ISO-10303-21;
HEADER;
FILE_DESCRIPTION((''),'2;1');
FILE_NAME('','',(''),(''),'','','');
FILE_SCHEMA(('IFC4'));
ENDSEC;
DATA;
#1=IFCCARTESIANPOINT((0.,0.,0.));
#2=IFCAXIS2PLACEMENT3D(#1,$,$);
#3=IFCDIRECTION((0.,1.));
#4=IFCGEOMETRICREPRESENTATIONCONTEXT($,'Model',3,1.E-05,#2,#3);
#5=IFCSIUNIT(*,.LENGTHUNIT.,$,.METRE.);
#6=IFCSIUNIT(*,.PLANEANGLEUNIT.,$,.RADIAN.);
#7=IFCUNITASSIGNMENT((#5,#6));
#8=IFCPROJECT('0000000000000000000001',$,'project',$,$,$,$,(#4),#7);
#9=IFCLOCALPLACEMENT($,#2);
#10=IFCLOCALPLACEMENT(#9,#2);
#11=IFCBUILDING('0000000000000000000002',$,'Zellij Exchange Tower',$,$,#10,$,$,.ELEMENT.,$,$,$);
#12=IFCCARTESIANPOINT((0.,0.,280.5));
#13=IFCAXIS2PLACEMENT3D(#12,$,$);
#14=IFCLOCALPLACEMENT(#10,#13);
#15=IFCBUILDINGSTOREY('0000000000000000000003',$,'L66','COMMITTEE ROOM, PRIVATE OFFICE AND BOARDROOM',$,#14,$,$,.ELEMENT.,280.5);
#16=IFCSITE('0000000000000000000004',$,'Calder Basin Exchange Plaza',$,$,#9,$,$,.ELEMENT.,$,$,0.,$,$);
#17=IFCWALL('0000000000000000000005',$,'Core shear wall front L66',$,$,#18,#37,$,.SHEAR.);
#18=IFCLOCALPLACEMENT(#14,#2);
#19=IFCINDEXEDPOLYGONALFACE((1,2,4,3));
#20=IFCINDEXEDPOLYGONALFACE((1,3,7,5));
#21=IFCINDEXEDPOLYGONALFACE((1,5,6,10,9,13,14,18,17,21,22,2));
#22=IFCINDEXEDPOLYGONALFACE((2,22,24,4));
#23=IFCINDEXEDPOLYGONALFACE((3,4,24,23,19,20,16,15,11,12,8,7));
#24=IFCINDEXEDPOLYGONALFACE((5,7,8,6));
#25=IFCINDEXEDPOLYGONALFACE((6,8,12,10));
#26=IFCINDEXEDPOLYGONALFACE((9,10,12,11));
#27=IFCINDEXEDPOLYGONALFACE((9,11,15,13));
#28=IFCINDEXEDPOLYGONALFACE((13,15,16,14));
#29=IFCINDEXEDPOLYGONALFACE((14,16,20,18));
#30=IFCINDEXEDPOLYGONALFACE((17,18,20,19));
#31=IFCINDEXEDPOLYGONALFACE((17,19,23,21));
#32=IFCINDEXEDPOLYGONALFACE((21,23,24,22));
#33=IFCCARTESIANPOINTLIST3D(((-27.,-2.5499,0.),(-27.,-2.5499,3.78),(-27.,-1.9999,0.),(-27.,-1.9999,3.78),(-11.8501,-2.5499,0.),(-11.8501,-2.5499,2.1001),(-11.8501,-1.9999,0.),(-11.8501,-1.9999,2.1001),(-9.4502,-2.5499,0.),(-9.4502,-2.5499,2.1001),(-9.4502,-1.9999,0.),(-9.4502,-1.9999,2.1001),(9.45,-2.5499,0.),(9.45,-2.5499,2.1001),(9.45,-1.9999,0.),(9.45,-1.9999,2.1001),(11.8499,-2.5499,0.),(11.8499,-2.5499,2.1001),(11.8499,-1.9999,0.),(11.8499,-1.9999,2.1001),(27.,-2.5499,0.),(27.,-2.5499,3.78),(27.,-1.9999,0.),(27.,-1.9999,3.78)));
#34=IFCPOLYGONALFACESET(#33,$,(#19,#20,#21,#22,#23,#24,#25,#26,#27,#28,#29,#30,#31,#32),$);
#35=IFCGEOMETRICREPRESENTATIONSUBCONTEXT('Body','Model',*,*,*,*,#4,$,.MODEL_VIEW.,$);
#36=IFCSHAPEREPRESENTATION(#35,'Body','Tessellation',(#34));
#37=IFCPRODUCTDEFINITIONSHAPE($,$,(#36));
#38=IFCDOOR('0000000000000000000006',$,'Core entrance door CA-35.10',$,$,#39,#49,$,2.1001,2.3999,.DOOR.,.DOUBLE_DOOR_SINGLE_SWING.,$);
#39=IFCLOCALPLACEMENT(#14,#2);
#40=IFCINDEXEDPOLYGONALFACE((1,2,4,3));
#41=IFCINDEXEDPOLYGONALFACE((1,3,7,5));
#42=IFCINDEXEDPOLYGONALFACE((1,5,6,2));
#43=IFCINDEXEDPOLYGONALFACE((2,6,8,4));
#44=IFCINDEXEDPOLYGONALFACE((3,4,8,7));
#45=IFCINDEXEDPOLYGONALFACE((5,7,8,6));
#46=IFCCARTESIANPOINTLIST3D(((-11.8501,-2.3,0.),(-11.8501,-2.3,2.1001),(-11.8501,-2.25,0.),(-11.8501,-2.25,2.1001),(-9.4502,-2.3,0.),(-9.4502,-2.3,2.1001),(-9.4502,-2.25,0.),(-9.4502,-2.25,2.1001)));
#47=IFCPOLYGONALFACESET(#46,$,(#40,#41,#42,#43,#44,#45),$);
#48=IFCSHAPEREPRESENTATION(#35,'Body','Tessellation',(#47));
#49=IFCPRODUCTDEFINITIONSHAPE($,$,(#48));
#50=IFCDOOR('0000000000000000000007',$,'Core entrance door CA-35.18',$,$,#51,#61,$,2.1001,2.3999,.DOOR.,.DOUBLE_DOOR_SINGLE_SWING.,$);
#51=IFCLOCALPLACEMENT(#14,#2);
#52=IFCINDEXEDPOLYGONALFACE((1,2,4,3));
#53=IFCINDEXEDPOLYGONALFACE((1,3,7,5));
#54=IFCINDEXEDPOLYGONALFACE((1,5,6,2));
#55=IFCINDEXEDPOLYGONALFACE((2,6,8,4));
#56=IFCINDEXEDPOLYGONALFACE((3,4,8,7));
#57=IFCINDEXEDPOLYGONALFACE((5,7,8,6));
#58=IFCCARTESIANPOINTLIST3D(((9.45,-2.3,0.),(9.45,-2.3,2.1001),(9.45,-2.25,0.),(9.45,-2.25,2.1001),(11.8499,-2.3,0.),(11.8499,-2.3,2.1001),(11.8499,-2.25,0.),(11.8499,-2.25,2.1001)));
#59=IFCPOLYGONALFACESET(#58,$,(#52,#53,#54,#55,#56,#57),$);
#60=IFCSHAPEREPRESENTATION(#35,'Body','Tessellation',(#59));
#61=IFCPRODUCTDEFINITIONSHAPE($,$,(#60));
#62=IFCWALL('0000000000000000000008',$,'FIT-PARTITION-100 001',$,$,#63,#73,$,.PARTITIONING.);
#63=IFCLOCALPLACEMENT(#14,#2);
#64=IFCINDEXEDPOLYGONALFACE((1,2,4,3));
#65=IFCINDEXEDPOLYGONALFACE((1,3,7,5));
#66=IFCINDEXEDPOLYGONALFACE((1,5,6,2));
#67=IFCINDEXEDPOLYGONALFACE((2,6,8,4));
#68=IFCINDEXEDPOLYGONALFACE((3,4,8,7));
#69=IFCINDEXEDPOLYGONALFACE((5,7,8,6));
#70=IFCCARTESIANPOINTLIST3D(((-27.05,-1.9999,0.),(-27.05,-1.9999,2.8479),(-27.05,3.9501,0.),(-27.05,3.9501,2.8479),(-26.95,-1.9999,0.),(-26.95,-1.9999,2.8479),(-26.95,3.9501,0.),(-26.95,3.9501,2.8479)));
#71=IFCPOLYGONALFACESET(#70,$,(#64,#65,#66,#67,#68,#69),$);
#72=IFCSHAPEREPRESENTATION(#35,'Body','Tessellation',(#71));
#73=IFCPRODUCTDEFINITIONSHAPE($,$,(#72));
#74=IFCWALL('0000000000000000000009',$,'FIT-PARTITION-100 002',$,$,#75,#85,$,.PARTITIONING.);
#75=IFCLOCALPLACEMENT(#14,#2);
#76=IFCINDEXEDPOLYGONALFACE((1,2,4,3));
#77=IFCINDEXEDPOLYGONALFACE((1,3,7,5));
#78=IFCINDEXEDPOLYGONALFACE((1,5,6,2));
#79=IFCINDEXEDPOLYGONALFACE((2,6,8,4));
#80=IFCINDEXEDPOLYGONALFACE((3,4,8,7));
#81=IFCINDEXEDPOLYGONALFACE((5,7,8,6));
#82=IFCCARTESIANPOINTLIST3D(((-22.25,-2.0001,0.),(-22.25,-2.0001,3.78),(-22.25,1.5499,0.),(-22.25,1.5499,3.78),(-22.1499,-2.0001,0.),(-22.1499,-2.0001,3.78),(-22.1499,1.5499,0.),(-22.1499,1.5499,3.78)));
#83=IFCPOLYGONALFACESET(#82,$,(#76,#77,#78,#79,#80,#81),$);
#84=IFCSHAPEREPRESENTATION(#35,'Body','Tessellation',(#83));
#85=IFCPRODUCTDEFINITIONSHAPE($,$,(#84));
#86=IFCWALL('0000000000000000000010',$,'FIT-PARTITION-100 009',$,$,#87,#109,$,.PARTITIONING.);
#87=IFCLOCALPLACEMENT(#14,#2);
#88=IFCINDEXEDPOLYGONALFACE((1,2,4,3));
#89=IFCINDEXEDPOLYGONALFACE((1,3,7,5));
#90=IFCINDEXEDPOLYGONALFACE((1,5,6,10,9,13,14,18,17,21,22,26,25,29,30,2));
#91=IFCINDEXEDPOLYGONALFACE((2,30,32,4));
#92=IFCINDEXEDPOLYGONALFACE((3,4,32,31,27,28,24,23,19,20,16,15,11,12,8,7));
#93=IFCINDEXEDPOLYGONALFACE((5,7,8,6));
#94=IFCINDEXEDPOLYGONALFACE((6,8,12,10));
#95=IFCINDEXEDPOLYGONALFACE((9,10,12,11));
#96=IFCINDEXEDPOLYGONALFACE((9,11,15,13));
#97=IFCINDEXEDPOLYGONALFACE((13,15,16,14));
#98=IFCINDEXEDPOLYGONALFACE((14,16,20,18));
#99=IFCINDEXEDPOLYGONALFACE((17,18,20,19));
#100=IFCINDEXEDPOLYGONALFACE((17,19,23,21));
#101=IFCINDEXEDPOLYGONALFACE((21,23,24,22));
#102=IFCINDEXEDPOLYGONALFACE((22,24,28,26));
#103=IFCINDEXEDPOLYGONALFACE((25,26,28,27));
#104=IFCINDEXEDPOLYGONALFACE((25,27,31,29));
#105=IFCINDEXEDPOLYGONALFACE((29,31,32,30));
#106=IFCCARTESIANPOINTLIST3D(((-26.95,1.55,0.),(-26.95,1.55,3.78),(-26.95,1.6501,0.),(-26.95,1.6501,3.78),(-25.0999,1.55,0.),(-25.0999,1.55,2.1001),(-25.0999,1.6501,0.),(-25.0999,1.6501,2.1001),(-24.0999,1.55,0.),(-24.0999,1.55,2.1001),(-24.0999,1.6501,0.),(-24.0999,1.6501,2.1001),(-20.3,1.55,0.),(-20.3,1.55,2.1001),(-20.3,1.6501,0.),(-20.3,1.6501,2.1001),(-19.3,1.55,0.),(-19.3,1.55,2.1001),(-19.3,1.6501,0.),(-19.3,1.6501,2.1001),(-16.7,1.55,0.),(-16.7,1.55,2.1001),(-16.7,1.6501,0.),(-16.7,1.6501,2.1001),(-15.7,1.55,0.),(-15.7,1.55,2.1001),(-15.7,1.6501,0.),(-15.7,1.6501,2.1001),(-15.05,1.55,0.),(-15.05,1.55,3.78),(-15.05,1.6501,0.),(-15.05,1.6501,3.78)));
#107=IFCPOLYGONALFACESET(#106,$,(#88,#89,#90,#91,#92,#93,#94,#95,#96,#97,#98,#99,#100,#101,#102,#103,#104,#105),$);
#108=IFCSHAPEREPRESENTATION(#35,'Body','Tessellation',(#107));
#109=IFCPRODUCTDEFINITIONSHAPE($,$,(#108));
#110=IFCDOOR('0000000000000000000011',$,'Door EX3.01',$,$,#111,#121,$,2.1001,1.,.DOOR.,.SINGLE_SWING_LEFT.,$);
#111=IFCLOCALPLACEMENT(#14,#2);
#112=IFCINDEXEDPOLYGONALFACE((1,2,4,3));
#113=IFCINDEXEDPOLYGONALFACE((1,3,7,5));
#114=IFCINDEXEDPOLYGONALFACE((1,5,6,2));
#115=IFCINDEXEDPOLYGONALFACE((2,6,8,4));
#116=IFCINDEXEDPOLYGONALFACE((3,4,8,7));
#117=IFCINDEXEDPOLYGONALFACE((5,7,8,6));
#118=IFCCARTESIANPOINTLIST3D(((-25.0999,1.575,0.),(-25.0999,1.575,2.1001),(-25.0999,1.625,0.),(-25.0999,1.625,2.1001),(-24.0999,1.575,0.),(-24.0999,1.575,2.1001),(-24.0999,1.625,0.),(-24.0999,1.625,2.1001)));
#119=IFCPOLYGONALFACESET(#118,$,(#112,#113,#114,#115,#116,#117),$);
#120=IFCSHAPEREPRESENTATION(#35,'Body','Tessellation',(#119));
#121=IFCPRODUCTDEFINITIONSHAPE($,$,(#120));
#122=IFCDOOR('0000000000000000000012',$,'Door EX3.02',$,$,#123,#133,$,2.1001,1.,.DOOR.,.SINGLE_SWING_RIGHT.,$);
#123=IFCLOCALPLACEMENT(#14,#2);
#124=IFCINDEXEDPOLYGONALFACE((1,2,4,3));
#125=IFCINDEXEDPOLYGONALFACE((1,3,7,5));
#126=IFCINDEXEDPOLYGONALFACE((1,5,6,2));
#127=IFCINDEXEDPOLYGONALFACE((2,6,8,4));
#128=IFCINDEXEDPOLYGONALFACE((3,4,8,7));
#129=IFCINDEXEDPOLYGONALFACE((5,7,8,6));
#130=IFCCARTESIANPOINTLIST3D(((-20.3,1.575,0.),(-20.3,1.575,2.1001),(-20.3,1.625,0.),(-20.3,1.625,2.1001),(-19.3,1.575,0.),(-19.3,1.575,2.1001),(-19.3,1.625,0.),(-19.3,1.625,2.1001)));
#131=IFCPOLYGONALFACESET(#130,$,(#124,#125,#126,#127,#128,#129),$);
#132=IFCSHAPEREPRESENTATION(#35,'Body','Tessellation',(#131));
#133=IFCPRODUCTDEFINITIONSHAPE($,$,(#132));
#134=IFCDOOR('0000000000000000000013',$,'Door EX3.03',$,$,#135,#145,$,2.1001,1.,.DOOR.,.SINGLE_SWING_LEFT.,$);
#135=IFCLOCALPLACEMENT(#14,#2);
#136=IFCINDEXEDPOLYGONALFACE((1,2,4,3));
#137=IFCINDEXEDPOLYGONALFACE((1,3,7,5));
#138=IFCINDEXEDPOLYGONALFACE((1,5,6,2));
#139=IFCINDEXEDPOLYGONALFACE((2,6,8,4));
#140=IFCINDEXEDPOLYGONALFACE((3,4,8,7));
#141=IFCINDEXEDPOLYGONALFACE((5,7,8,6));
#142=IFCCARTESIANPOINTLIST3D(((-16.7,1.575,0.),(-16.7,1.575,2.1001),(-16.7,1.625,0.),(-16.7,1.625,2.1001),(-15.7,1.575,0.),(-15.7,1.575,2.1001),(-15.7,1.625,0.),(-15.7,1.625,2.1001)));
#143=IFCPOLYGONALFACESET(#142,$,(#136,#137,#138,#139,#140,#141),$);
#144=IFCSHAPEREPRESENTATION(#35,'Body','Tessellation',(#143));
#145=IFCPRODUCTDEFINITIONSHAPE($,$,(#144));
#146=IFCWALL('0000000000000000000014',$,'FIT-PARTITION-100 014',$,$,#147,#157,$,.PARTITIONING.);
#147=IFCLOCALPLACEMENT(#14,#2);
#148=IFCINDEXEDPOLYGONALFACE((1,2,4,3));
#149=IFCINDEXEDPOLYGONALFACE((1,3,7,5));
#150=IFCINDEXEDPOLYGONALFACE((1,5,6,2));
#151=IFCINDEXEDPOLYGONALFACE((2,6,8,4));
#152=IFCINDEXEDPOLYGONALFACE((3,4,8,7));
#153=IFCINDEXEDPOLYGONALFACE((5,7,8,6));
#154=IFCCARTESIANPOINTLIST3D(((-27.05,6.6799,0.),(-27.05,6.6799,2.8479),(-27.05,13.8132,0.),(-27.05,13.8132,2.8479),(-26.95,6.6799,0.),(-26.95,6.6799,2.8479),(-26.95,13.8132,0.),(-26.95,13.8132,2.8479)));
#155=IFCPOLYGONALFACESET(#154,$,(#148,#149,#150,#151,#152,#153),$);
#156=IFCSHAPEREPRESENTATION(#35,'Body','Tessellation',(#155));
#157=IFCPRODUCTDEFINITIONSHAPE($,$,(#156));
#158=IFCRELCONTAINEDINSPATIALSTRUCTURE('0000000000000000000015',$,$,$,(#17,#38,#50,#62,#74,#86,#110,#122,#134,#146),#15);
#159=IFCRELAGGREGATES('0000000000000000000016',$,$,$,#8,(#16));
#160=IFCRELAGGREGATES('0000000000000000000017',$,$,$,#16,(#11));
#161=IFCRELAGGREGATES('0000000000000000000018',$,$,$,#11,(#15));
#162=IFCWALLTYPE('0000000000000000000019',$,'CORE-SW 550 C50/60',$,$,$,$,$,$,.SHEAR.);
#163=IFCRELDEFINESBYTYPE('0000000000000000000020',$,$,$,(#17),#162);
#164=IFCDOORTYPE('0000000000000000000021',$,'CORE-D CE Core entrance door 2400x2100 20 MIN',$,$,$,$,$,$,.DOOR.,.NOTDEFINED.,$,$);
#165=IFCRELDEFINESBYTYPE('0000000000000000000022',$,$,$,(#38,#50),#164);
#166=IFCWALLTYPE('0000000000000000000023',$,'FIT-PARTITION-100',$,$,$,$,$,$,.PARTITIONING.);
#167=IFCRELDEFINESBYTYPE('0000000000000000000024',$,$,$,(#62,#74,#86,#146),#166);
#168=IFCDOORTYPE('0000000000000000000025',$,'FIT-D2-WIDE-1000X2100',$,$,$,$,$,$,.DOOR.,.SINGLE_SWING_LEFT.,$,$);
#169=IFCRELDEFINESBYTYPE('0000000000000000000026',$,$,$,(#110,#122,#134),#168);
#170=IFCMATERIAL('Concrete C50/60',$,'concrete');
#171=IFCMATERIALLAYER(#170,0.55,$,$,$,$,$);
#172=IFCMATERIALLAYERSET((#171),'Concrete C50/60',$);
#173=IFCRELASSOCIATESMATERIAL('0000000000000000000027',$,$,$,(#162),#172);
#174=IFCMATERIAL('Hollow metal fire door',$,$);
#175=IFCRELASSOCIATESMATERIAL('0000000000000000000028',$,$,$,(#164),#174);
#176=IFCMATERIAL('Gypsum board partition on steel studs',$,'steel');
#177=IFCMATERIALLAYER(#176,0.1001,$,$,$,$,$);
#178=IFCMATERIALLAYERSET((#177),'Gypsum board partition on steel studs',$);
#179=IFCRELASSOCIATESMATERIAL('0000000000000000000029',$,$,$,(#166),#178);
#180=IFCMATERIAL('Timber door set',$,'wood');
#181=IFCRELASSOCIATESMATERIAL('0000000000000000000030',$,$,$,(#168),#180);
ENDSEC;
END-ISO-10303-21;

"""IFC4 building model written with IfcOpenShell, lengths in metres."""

from ifc_helpers import new_model, si_unit, direction, frame, frame_2d, origin, place, context, subcontext, project, spatial, rectangle, extrude, material, layer, layer_set, type_object, element, fill, save


model = new_model("IFC4")

# Units and contexts
model_context = context("Model", 3, precision=1e-05, world=origin(), true_north=direction((0.0, 1.0)))
body_context = subcontext(model_context, "Body", "Model", "MODEL_VIEW")
ifc_project = project(units=[si_unit("LENGTHUNIT", "METRE"), si_unit("PLANEANGLEUNIT", "RADIAN")], contexts=[model_context])

# Site, building, storey
site_placement = place(None, origin())
site = spatial("IfcSite", under=ifc_project, at=site_placement, Name="Calder Basin Exchange Plaza", CompositionType="ELEMENT", RefElevation=0.0)
building_placement = place(site_placement, origin())
building = spatial("IfcBuilding", under=site, at=building_placement, Name="Zellij Exchange Tower", CompositionType="ELEMENT")
storey_placement = place(building_placement, frame((0.0, 0.0, 280.5)))
storey = spatial("IfcBuildingStorey", under=building, at=storey_placement, Name="L66", Description="COMMITTEE ROOM, PRIVATE OFFICE AND BOARDROOM", CompositionType="ELEMENT", Elevation=280.5)

# Wall, openings, doors
ifc_material_1 = material(Name="Hollow metal fire door")
ifc_material_2 = material(Name="Concrete C50/60", Category="concrete")
ifc_layer_1 = layer(ifc_material_2, 0.55)
ifc_layer_set_1 = layer_set([ifc_layer_1], Name="Concrete C50/60")
wall_type_1 = type_object("IfcWallType", Name="CORE-SW 550 C50/60", PredefinedType="SHEAR", material=ifc_layer_set_1)
wall_1_placement = place(storey_placement, frame((-27.0, -2.2749, 0.0), z_axis=(0.0, 0.0, 1.0), x_axis=(1.0, 0.0, 0.0)))
wall_1 = element("IfcWall", 1, at=wall_1_placement, inside=storey, type_object=wall_type_1, Name="Core shear wall front L66", PredefinedType="SHEAR", context=body_context, shape_type="SweptSolid", body=[
    extrude(rectangle(XDim=54.0, YDim=0.55, at=frame_2d((27.0, 0.0))), origin(), (0.0, 0.0, 1.0), 3.78),
])
opening_1_placement = place(wall_1_placement, frame((15.1499, 0.0, 0.0)))
opening_1 = element("IfcOpeningElement", 2, at=opening_1_placement, cuts=wall_1, PredefinedType="OPENING", context=body_context, shape_type="SweptSolid", body=[
    extrude(rectangle(XDim=2.3999, YDim=2.1001, at=frame_2d((1.2, 1.05))), frame((0.0, 0.2871, 0.0), z_axis=(0.0, -1.0, 0.0), x_axis=(1.0, 0.0, 0.0)), (0.0, 0.0, 1.0), 0.574),
])
opening_2_placement = place(wall_1_placement, frame((36.45, 0.0, 0.0)))
opening_2 = element("IfcOpeningElement", 3, at=opening_2_placement, cuts=wall_1, PredefinedType="OPENING", context=body_context, shape_type="SweptSolid", body=[
    extrude(rectangle(XDim=2.3999, YDim=2.1001, at=frame_2d((1.2, 1.05))), frame((0.0, 0.2871, 0.0), z_axis=(0.0, -1.0, 0.0), x_axis=(1.0, 0.0, 0.0)), (0.0, 0.0, 1.0), 0.574),
])
door_type_1 = type_object("IfcDoorType", Name="CORE-D CE Core entrance door 2400x2100 20 MIN", OperationType="NOTDEFINED", PredefinedType="DOOR", material=ifc_material_1)
door_1_placement = place(opening_1_placement, origin())
door_1 = element("IfcDoor", 4, at=door_1_placement, inside=storey, type_object=door_type_1, Name="Core entrance door CA-35.10", OperationType="DOUBLE_DOOR_SINGLE_SWING", OverallHeight=2.1001, OverallWidth=2.3999, PredefinedType="DOOR", context=body_context, shape_type="SweptSolid", body=[
    extrude(rectangle(XDim=2.3999, YDim=2.1001, at=frame_2d((1.2, 1.05))), frame((0.0, 0.0249, 0.0), z_axis=(0.0, -1.0, 0.0), x_axis=(1.0, 0.0, 0.0)), (0.0, 0.0, 1.0), 0.05),
])
fill(opening_1, door_1)
door_2_placement = place(opening_2_placement, origin())
door_2 = element("IfcDoor", 5, at=door_2_placement, inside=storey, type_object=door_type_1, Name="Core entrance door CA-35.18", OperationType="DOUBLE_DOOR_SINGLE_SWING", OverallHeight=2.1001, OverallWidth=2.3999, PredefinedType="DOOR", context=body_context, shape_type="SweptSolid", body=[
    extrude(rectangle(XDim=2.3999, YDim=2.1001, at=frame_2d((1.2, 1.05))), frame((0.0, 0.0249, 0.0), z_axis=(0.0, -1.0, 0.0), x_axis=(1.0, 0.0, 0.0)), (0.0, 0.0, 1.0), 0.05),
])
fill(opening_2, door_2)

# Walls
ifc_material_3 = material(Name="Gypsum board partition on steel studs", Category="steel")
ifc_layer_2 = layer(ifc_material_3, 0.1001)
ifc_layer_set_2 = layer_set([ifc_layer_2], Name="Gypsum board partition on steel studs")
wall_type_2 = type_object("IfcWallType", Name="FIT-PARTITION-100", PredefinedType="PARTITIONING", material=ifc_layer_set_2)
wall_2_placement = place(storey_placement, frame((-27.0, -2.0, 0.0), z_axis=(0.0, 0.0, 1.0), x_axis=(0.0, 1.0, 0.0)))
element("IfcWall", 6, at=wall_2_placement, inside=storey, type_object=wall_type_2, Name="FIT-PARTITION-100 001", PredefinedType="PARTITIONING", context=body_context, shape_type="SweptSolid", body=[
    extrude(rectangle(XDim=5.95, YDim=0.1001, at=frame_2d((2.9751, 0.0))), origin(), (0.0, 0.0, 1.0), 2.8479),
])
wall_3_placement = place(storey_placement, frame((-22.2, -2.0, 0.0), z_axis=(0.0, 0.0, 1.0), x_axis=(0.0, 1.0, 0.0)))
element("IfcWall", 7, at=wall_3_placement, inside=storey, type_object=wall_type_2, Name="FIT-PARTITION-100 002", PredefinedType="PARTITIONING", context=body_context, shape_type="SweptSolid", body=[
    extrude(rectangle(XDim=3.55, YDim=0.1001, at=frame_2d((1.7749, 0.0))), origin(), (0.0, 0.0, 1.0), 3.78),
])

# Wall, openings, doors
wall_4_placement = place(storey_placement, frame((-26.95, 1.6001, 0.0), z_axis=(0.0, 0.0, 1.0), x_axis=(1.0, 0.0, 0.0)))
wall_4 = element("IfcWall", 8, at=wall_4_placement, inside=storey, type_object=wall_type_2, Name="FIT-PARTITION-100 009", PredefinedType="PARTITIONING", context=body_context, shape_type="SweptSolid", body=[
    extrude(rectangle(XDim=11.8999, YDim=0.1001, at=frame_2d((5.95, 0.0))), origin(), (0.0, 0.0, 1.0), 3.78),
])
opening_3_placement = place(wall_4_placement, frame((1.8501, 0.0, 0.0)))
opening_3 = element("IfcOpeningElement", 9, at=opening_3_placement, cuts=wall_4, PredefinedType="OPENING", context=body_context, shape_type="SweptSolid", body=[
    extrude(rectangle(XDim=1.0, YDim=2.1001, at=frame_2d((0.5, 1.05))), frame((0.0, 0.062, 0.0), z_axis=(0.0, -1.0, 0.0), x_axis=(1.0, 0.0, 0.0)), (0.0, 0.0, 1.0), 0.124),
])
opening_4_placement = place(wall_4_placement, frame((6.6499, 0.0, 0.0)))
opening_4 = element("IfcOpeningElement", 10, at=opening_4_placement, cuts=wall_4, PredefinedType="OPENING", context=body_context, shape_type="SweptSolid", body=[
    extrude(rectangle(XDim=1.0, YDim=2.1001, at=frame_2d((0.5, 1.05))), frame((0.0, 0.062, 0.0), z_axis=(0.0, -1.0, 0.0), x_axis=(1.0, 0.0, 0.0)), (0.0, 0.0, 1.0), 0.124),
])
opening_5_placement = place(wall_4_placement, frame((10.25, 0.0, 0.0)))
opening_5 = element("IfcOpeningElement", 11, at=opening_5_placement, cuts=wall_4, PredefinedType="OPENING", context=body_context, shape_type="SweptSolid", body=[
    extrude(rectangle(XDim=1.0, YDim=2.1001, at=frame_2d((0.5, 1.05))), frame((0.0, 0.062, 0.0), z_axis=(0.0, -1.0, 0.0), x_axis=(1.0, 0.0, 0.0)), (0.0, 0.0, 1.0), 0.124),
])
ifc_material_4 = material(Name="Timber door set", Category="wood")
door_type_2 = type_object("IfcDoorType", Name="FIT-D2-WIDE-1000X2100", OperationType="SINGLE_SWING_LEFT", PredefinedType="DOOR", material=ifc_material_4)
door_3_placement = place(opening_3_placement, origin())
door_3 = element("IfcDoor", 12, at=door_3_placement, inside=storey, type_object=door_type_2, Name="Door EX3.01", OperationType="SINGLE_SWING_LEFT", OverallHeight=2.1001, OverallWidth=1.0, PredefinedType="DOOR", context=body_context, shape_type="SweptSolid", body=[
    extrude(rectangle(XDim=1.0, YDim=2.1001, at=frame_2d((0.5, 1.05))), frame((0.0, 0.0249, 0.0), z_axis=(0.0, -1.0, 0.0), x_axis=(1.0, 0.0, 0.0)), (0.0, 0.0, 1.0), 0.05),
])
fill(opening_3, door_3)
door_4_placement = place(opening_4_placement, origin())
door_4 = element("IfcDoor", 13, at=door_4_placement, inside=storey, type_object=door_type_2, Name="Door EX3.02", OperationType="SINGLE_SWING_RIGHT", OverallHeight=2.1001, OverallWidth=1.0, PredefinedType="DOOR", context=body_context, shape_type="SweptSolid", body=[
    extrude(rectangle(XDim=1.0, YDim=2.1001, at=frame_2d((0.5, 1.05))), frame((0.0, 0.0249, 0.0), z_axis=(0.0, -1.0, 0.0), x_axis=(1.0, 0.0, 0.0)), (0.0, 0.0, 1.0), 0.05),
])
fill(opening_4, door_4)
door_5_placement = place(opening_5_placement, origin())
door_5 = element("IfcDoor", 14, at=door_5_placement, inside=storey, type_object=door_type_2, Name="Door EX3.03", OperationType="SINGLE_SWING_LEFT", OverallHeight=2.1001, OverallWidth=1.0, PredefinedType="DOOR", context=body_context, shape_type="SweptSolid", body=[
    extrude(rectangle(XDim=1.0, YDim=2.1001, at=frame_2d((0.5, 1.05))), frame((0.0, 0.0249, 0.0), z_axis=(0.0, -1.0, 0.0), x_axis=(1.0, 0.0, 0.0)), (0.0, 0.0, 1.0), 0.05),
])
fill(opening_5, door_5)

# Wall
wall_5_placement = place(storey_placement, frame((-27.0, 6.6799, 0.0), z_axis=(0.0, 0.0, 1.0), x_axis=(0.0, 1.0, 0.0)))
element("IfcWall", 15, at=wall_5_placement, inside=storey, type_object=wall_type_2, Name="FIT-PARTITION-100 014", PredefinedType="PARTITIONING", context=body_context, shape_type="SweptSolid", body=[
    extrude(rectangle(XDim=7.1333, YDim=0.1001, at=frame_2d((3.5667, 0.0))), origin(), (0.0, 0.0, 1.0), 2.8479),
])

save(model, "model.ifc")
